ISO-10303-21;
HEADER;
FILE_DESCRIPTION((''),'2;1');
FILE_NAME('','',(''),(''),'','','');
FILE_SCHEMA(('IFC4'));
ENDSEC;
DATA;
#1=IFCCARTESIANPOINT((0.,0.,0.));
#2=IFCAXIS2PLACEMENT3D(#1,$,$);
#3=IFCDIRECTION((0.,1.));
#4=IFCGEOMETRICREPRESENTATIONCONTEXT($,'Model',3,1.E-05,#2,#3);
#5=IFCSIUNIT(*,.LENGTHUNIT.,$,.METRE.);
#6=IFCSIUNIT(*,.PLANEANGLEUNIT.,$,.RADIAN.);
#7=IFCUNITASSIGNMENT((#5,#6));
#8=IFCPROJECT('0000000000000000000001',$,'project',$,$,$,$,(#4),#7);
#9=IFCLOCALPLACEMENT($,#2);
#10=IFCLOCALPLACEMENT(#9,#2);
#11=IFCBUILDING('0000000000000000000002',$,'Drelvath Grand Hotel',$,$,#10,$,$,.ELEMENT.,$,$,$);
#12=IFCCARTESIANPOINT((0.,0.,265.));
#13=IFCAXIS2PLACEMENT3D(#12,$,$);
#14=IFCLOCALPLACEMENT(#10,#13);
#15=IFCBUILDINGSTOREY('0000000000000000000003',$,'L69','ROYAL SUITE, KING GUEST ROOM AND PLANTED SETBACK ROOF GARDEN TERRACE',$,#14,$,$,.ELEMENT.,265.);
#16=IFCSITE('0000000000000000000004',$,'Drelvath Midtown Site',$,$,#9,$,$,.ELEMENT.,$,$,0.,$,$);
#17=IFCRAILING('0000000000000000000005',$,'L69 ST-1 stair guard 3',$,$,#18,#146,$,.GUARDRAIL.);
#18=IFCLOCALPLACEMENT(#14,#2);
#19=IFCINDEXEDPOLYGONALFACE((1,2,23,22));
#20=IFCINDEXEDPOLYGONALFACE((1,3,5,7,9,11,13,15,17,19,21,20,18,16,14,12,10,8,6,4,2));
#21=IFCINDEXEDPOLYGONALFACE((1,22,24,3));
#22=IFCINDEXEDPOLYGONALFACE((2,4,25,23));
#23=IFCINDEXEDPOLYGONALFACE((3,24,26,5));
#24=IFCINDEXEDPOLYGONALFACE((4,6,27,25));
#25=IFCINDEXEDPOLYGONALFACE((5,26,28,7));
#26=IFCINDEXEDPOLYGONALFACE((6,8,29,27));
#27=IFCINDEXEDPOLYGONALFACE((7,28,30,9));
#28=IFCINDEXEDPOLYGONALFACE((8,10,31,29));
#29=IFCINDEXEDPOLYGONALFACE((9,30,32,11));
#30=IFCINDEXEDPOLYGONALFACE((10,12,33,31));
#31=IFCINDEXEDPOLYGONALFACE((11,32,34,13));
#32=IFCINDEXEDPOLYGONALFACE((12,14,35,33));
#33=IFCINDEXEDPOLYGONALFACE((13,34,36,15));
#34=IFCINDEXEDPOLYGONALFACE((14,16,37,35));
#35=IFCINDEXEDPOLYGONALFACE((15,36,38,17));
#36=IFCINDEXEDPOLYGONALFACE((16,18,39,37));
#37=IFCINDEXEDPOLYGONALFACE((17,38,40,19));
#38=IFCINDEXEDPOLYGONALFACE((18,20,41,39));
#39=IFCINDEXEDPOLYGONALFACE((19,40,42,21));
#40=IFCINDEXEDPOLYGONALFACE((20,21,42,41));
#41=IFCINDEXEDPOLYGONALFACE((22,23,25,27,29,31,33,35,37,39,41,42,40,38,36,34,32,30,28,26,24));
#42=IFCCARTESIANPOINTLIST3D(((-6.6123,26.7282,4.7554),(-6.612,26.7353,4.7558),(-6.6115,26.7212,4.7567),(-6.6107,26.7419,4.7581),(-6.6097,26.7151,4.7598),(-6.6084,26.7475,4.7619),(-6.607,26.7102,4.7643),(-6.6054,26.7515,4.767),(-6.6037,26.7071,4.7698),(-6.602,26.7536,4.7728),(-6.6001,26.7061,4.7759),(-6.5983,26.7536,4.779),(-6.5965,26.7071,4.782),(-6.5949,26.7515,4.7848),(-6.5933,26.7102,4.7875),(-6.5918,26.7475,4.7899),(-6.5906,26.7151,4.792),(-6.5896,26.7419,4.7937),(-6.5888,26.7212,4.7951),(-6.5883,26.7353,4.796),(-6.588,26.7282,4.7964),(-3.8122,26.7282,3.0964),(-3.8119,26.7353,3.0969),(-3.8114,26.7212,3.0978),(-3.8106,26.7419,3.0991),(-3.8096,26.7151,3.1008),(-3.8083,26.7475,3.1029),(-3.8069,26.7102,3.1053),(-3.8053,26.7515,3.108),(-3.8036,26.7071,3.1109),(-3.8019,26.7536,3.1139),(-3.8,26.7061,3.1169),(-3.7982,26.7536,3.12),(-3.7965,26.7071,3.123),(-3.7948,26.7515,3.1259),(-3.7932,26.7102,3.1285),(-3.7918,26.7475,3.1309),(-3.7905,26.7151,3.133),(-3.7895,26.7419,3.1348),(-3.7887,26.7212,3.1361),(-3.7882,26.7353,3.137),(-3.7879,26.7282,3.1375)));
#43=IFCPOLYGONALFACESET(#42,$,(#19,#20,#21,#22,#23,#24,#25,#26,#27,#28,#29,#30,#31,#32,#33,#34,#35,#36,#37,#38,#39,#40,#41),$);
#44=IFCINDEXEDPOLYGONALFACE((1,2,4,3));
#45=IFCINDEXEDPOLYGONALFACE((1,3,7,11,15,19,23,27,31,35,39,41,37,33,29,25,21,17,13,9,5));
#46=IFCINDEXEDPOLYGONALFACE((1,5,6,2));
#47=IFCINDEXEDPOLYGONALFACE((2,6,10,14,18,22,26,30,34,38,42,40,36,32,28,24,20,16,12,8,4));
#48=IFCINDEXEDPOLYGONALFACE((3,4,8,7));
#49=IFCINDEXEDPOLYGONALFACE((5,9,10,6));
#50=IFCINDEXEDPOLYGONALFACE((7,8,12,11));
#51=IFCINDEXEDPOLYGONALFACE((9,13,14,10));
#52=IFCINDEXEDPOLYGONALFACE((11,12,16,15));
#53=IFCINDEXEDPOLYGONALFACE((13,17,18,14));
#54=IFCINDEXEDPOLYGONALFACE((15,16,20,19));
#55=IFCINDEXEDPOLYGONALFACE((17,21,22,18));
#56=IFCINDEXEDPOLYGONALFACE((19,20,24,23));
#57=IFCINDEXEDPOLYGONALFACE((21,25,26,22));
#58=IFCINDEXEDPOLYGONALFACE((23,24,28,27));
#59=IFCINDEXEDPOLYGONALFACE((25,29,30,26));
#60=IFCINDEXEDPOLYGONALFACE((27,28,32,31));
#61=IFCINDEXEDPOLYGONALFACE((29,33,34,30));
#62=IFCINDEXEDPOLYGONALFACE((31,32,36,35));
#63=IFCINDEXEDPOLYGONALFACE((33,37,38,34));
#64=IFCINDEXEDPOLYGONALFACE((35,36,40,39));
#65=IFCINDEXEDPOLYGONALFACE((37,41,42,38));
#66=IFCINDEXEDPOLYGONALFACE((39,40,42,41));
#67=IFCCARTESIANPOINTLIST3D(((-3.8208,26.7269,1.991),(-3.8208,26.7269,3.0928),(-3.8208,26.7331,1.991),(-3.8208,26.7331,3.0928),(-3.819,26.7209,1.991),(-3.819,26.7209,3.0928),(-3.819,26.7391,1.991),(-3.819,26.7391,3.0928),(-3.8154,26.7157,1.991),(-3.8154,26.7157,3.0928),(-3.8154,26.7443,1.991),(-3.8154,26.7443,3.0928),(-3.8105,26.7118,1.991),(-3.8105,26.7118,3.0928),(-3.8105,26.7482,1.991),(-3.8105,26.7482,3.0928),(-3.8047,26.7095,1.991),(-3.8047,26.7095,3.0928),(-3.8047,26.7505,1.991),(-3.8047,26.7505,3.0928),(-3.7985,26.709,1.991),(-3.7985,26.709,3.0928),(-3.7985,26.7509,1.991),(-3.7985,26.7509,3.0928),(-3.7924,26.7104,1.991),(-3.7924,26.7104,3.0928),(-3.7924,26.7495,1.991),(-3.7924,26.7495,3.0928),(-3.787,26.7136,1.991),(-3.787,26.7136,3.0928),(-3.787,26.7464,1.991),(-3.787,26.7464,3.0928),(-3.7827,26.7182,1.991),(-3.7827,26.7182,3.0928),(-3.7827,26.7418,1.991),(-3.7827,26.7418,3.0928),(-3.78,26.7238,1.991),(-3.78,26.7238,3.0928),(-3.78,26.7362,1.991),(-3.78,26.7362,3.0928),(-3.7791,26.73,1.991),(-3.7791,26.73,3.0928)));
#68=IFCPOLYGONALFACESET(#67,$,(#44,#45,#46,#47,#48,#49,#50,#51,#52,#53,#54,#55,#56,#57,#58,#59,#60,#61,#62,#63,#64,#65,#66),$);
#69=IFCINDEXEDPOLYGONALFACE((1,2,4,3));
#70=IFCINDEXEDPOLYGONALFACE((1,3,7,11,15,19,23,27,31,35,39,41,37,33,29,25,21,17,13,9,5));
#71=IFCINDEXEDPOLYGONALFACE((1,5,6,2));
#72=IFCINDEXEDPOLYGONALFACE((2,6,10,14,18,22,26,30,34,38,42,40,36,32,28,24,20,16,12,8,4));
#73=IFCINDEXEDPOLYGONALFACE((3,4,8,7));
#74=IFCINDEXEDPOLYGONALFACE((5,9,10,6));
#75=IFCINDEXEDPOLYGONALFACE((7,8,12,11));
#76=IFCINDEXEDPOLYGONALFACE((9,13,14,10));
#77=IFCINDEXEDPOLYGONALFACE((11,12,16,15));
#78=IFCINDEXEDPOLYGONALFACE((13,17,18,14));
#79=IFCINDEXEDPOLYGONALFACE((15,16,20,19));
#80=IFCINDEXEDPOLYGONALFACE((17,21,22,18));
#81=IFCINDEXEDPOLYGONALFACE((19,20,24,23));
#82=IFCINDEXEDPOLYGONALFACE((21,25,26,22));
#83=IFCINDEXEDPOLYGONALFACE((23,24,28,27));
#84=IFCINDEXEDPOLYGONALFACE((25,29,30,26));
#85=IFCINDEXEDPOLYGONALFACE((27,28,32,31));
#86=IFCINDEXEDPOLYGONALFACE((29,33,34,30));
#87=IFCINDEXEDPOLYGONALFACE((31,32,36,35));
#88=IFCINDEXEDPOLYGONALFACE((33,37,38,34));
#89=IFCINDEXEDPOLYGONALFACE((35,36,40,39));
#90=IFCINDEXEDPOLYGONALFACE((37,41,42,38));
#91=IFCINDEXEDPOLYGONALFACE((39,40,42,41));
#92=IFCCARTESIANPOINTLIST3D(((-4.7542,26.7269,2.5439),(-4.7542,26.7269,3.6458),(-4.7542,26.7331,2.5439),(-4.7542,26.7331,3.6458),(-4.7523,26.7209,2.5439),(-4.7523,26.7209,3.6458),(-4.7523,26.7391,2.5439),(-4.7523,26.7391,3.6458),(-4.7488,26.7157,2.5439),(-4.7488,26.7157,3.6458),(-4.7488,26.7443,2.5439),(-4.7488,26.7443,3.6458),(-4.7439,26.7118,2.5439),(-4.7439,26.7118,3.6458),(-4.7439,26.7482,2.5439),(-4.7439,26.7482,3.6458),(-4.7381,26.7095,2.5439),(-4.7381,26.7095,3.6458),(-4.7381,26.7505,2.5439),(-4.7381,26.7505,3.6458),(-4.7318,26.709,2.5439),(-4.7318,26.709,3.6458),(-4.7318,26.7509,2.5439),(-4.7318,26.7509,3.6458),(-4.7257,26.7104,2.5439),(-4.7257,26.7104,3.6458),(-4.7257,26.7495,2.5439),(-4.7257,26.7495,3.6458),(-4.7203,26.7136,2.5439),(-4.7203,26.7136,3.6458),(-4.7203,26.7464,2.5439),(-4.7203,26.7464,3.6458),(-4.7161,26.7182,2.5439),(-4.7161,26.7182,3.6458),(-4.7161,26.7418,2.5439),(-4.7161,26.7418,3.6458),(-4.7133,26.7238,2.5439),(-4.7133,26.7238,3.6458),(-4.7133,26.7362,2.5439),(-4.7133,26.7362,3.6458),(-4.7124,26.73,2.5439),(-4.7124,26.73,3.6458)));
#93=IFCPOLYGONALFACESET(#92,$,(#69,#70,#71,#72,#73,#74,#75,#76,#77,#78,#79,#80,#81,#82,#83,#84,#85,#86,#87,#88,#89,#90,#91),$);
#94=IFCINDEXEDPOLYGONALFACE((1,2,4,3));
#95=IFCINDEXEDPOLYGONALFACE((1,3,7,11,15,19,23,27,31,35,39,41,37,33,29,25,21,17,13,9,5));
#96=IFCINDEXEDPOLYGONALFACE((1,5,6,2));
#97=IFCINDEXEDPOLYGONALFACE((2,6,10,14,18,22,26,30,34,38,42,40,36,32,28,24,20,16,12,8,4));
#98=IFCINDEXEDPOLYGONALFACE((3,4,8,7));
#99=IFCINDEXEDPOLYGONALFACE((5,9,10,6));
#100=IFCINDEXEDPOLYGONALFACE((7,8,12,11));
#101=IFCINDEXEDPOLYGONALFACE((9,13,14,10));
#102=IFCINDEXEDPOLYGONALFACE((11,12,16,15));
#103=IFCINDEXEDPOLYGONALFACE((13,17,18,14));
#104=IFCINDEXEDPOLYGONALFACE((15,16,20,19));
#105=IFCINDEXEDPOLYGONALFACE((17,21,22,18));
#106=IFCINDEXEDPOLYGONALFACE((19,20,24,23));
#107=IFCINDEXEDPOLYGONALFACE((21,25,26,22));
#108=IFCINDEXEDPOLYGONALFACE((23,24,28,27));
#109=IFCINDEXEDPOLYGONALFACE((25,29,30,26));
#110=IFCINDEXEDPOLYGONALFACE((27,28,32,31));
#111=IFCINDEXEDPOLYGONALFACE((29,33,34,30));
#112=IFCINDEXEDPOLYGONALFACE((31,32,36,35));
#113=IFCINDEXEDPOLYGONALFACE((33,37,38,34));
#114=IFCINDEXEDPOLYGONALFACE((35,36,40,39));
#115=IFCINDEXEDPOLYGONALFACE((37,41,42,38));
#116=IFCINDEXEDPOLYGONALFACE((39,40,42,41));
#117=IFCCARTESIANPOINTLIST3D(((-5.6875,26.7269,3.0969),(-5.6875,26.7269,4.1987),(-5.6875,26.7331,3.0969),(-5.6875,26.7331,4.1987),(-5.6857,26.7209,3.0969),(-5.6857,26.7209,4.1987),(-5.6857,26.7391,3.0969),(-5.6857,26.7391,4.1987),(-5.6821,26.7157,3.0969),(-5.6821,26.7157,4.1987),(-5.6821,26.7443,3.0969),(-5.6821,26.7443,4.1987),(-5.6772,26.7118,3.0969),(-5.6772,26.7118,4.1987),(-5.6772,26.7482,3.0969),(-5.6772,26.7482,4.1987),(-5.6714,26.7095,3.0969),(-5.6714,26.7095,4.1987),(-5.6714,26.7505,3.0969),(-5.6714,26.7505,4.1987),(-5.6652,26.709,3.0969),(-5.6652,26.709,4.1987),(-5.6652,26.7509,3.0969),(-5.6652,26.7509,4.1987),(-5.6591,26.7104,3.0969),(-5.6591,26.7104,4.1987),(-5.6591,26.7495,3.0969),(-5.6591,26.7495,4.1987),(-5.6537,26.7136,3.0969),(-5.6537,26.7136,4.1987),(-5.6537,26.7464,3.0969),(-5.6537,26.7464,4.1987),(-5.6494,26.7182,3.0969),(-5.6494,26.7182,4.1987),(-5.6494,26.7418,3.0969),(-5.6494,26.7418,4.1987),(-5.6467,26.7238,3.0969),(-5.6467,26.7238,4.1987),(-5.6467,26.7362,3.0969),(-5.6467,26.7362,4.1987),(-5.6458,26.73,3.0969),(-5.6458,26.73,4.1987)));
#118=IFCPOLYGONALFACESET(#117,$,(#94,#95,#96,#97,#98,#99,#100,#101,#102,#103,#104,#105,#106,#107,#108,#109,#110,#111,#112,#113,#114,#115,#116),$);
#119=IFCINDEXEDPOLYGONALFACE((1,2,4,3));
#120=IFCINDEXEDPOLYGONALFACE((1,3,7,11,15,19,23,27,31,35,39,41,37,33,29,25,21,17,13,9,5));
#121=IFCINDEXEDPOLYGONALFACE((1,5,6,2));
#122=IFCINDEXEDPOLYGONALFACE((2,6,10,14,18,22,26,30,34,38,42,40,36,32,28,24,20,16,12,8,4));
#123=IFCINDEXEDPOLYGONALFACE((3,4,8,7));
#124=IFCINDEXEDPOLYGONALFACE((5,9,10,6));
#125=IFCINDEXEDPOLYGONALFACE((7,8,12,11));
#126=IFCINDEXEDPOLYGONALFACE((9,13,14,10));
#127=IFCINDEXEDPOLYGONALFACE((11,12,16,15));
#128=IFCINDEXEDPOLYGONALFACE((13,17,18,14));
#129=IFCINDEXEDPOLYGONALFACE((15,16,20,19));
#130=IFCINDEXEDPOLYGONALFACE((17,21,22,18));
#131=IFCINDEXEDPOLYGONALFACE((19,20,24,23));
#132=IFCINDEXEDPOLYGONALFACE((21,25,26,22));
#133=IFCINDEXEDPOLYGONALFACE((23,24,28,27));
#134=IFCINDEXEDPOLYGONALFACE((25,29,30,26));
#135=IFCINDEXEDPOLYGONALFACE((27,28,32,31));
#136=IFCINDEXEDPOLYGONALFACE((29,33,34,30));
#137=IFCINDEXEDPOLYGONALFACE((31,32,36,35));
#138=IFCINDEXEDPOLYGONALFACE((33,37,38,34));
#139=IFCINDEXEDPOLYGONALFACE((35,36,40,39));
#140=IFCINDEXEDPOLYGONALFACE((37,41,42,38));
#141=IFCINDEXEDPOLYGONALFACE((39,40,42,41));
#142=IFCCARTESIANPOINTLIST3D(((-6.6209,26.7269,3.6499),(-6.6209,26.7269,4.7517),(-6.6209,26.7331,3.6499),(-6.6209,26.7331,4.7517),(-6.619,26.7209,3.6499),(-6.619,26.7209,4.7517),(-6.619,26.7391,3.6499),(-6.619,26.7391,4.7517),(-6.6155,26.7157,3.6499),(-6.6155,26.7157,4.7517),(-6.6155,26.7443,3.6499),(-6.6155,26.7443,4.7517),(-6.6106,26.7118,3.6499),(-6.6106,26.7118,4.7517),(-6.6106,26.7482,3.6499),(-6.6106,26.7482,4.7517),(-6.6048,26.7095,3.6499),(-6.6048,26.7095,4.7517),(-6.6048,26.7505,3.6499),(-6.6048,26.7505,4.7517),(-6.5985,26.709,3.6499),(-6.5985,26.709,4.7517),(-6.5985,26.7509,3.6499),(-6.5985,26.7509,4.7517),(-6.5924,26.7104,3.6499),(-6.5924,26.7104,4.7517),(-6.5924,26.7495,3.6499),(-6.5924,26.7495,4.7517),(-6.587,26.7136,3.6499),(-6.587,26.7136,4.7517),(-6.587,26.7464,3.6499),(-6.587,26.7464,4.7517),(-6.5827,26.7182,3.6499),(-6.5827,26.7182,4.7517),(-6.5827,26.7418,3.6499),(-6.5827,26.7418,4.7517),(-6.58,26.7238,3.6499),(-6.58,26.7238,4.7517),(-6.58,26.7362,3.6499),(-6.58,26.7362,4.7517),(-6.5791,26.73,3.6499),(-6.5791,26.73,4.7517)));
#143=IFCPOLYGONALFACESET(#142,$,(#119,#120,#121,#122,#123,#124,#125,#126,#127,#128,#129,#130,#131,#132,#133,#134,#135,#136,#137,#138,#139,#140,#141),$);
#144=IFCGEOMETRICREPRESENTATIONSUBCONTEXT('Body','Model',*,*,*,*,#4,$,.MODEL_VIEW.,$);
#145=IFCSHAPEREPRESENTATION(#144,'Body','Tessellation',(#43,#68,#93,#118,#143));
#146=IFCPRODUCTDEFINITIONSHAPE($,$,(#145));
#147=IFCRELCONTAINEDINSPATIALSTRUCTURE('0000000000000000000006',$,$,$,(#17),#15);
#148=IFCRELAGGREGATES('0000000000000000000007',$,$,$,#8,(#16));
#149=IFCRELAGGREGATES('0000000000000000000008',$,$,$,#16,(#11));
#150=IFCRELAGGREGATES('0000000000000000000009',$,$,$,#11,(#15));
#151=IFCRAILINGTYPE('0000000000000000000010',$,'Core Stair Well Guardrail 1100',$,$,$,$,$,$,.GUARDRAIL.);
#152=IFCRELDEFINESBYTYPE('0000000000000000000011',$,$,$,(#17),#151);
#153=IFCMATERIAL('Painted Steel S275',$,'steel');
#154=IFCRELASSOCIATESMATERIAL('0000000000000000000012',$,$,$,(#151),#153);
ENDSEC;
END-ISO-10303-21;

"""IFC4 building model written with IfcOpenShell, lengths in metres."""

from ifc_helpers import new_model, si_unit, direction, frame, origin, origin_2d, place, context, subcontext, project, spatial, circle, extrude, material, type_object, element, save


model = new_model("IFC4")

# Units and contexts
model_context = context("Model", 3, precision=1e-05, world=origin(), true_north=direction((0.0, 1.0)))
body_context = subcontext(model_context, "Body", "Model", "MODEL_VIEW")
ifc_project = project(units=[si_unit("LENGTHUNIT", "METRE"), si_unit("PLANEANGLEUNIT", "RADIAN")], contexts=[model_context])

# Site, building, storey
site_placement = place(None, origin())
site = spatial("IfcSite", under=ifc_project, at=site_placement, Name="Drelvath Midtown Site", CompositionType="ELEMENT", RefElevation=0.0)
building_placement = place(site_placement, origin())
building = spatial("IfcBuilding", under=site, at=building_placement, Name="Drelvath Grand Hotel", CompositionType="ELEMENT")
storey_placement = place(building_placement, frame((0.0, 0.0, 265.0)))
storey = spatial("IfcBuildingStorey", under=building, at=storey_placement, Name="L69", Description="ROYAL SUITE, KING GUEST ROOM AND PLANTED SETBACK ROOF GARDEN TERRACE", CompositionType="ELEMENT", Elevation=265.0)

# Shared definitions
ifc_material_1 = material(Name="Painted Steel S275", Category="steel")

# Railing
railing_type_1 = type_object("IfcRailingType", Name="Core Stair Well Guardrail 1100", PredefinedType="GUARDRAIL", material=ifc_material_1)
railing_1_placement = place(storey_placement, frame((-3.8, 26.73, 1.991)))
element("IfcRailing", 1, at=railing_1_placement, inside=storey, type_object=railing_type_1, Name="L69 ST-1 stair guard 3", PredefinedType="GUARDRAIL", context=body_context, shape_type="SweptSolid", body=[
    extrude(circle(Radius=0.0239, at=origin_2d()), frame((0.0, 0.0, 1.126), z_axis=(-0.860339, 0.0, 0.509722), x_axis=(0.0, -1.0, 0.0)), (0.0, 0.0, 1.0), 3.2546),
    extrude(circle(Radius=0.021, at=origin_2d()), origin(), (0.0, 0.0, 1.0), 1.1018),
    extrude(circle(Radius=0.021, at=origin_2d()), frame((-0.9333, 0.0, 0.553)), (0.0, 0.0, 1.0), 1.1018),
    extrude(circle(Radius=0.021, at=origin_2d()), frame((-1.8667, 0.0, 1.106)), (0.0, 0.0, 1.0), 1.1018),
    extrude(circle(Radius=0.021, at=origin_2d()), frame((-2.8, 0.0, 1.6589)), (0.0, 0.0, 1.0), 1.1018),
])

save(model, "model.ifc")
